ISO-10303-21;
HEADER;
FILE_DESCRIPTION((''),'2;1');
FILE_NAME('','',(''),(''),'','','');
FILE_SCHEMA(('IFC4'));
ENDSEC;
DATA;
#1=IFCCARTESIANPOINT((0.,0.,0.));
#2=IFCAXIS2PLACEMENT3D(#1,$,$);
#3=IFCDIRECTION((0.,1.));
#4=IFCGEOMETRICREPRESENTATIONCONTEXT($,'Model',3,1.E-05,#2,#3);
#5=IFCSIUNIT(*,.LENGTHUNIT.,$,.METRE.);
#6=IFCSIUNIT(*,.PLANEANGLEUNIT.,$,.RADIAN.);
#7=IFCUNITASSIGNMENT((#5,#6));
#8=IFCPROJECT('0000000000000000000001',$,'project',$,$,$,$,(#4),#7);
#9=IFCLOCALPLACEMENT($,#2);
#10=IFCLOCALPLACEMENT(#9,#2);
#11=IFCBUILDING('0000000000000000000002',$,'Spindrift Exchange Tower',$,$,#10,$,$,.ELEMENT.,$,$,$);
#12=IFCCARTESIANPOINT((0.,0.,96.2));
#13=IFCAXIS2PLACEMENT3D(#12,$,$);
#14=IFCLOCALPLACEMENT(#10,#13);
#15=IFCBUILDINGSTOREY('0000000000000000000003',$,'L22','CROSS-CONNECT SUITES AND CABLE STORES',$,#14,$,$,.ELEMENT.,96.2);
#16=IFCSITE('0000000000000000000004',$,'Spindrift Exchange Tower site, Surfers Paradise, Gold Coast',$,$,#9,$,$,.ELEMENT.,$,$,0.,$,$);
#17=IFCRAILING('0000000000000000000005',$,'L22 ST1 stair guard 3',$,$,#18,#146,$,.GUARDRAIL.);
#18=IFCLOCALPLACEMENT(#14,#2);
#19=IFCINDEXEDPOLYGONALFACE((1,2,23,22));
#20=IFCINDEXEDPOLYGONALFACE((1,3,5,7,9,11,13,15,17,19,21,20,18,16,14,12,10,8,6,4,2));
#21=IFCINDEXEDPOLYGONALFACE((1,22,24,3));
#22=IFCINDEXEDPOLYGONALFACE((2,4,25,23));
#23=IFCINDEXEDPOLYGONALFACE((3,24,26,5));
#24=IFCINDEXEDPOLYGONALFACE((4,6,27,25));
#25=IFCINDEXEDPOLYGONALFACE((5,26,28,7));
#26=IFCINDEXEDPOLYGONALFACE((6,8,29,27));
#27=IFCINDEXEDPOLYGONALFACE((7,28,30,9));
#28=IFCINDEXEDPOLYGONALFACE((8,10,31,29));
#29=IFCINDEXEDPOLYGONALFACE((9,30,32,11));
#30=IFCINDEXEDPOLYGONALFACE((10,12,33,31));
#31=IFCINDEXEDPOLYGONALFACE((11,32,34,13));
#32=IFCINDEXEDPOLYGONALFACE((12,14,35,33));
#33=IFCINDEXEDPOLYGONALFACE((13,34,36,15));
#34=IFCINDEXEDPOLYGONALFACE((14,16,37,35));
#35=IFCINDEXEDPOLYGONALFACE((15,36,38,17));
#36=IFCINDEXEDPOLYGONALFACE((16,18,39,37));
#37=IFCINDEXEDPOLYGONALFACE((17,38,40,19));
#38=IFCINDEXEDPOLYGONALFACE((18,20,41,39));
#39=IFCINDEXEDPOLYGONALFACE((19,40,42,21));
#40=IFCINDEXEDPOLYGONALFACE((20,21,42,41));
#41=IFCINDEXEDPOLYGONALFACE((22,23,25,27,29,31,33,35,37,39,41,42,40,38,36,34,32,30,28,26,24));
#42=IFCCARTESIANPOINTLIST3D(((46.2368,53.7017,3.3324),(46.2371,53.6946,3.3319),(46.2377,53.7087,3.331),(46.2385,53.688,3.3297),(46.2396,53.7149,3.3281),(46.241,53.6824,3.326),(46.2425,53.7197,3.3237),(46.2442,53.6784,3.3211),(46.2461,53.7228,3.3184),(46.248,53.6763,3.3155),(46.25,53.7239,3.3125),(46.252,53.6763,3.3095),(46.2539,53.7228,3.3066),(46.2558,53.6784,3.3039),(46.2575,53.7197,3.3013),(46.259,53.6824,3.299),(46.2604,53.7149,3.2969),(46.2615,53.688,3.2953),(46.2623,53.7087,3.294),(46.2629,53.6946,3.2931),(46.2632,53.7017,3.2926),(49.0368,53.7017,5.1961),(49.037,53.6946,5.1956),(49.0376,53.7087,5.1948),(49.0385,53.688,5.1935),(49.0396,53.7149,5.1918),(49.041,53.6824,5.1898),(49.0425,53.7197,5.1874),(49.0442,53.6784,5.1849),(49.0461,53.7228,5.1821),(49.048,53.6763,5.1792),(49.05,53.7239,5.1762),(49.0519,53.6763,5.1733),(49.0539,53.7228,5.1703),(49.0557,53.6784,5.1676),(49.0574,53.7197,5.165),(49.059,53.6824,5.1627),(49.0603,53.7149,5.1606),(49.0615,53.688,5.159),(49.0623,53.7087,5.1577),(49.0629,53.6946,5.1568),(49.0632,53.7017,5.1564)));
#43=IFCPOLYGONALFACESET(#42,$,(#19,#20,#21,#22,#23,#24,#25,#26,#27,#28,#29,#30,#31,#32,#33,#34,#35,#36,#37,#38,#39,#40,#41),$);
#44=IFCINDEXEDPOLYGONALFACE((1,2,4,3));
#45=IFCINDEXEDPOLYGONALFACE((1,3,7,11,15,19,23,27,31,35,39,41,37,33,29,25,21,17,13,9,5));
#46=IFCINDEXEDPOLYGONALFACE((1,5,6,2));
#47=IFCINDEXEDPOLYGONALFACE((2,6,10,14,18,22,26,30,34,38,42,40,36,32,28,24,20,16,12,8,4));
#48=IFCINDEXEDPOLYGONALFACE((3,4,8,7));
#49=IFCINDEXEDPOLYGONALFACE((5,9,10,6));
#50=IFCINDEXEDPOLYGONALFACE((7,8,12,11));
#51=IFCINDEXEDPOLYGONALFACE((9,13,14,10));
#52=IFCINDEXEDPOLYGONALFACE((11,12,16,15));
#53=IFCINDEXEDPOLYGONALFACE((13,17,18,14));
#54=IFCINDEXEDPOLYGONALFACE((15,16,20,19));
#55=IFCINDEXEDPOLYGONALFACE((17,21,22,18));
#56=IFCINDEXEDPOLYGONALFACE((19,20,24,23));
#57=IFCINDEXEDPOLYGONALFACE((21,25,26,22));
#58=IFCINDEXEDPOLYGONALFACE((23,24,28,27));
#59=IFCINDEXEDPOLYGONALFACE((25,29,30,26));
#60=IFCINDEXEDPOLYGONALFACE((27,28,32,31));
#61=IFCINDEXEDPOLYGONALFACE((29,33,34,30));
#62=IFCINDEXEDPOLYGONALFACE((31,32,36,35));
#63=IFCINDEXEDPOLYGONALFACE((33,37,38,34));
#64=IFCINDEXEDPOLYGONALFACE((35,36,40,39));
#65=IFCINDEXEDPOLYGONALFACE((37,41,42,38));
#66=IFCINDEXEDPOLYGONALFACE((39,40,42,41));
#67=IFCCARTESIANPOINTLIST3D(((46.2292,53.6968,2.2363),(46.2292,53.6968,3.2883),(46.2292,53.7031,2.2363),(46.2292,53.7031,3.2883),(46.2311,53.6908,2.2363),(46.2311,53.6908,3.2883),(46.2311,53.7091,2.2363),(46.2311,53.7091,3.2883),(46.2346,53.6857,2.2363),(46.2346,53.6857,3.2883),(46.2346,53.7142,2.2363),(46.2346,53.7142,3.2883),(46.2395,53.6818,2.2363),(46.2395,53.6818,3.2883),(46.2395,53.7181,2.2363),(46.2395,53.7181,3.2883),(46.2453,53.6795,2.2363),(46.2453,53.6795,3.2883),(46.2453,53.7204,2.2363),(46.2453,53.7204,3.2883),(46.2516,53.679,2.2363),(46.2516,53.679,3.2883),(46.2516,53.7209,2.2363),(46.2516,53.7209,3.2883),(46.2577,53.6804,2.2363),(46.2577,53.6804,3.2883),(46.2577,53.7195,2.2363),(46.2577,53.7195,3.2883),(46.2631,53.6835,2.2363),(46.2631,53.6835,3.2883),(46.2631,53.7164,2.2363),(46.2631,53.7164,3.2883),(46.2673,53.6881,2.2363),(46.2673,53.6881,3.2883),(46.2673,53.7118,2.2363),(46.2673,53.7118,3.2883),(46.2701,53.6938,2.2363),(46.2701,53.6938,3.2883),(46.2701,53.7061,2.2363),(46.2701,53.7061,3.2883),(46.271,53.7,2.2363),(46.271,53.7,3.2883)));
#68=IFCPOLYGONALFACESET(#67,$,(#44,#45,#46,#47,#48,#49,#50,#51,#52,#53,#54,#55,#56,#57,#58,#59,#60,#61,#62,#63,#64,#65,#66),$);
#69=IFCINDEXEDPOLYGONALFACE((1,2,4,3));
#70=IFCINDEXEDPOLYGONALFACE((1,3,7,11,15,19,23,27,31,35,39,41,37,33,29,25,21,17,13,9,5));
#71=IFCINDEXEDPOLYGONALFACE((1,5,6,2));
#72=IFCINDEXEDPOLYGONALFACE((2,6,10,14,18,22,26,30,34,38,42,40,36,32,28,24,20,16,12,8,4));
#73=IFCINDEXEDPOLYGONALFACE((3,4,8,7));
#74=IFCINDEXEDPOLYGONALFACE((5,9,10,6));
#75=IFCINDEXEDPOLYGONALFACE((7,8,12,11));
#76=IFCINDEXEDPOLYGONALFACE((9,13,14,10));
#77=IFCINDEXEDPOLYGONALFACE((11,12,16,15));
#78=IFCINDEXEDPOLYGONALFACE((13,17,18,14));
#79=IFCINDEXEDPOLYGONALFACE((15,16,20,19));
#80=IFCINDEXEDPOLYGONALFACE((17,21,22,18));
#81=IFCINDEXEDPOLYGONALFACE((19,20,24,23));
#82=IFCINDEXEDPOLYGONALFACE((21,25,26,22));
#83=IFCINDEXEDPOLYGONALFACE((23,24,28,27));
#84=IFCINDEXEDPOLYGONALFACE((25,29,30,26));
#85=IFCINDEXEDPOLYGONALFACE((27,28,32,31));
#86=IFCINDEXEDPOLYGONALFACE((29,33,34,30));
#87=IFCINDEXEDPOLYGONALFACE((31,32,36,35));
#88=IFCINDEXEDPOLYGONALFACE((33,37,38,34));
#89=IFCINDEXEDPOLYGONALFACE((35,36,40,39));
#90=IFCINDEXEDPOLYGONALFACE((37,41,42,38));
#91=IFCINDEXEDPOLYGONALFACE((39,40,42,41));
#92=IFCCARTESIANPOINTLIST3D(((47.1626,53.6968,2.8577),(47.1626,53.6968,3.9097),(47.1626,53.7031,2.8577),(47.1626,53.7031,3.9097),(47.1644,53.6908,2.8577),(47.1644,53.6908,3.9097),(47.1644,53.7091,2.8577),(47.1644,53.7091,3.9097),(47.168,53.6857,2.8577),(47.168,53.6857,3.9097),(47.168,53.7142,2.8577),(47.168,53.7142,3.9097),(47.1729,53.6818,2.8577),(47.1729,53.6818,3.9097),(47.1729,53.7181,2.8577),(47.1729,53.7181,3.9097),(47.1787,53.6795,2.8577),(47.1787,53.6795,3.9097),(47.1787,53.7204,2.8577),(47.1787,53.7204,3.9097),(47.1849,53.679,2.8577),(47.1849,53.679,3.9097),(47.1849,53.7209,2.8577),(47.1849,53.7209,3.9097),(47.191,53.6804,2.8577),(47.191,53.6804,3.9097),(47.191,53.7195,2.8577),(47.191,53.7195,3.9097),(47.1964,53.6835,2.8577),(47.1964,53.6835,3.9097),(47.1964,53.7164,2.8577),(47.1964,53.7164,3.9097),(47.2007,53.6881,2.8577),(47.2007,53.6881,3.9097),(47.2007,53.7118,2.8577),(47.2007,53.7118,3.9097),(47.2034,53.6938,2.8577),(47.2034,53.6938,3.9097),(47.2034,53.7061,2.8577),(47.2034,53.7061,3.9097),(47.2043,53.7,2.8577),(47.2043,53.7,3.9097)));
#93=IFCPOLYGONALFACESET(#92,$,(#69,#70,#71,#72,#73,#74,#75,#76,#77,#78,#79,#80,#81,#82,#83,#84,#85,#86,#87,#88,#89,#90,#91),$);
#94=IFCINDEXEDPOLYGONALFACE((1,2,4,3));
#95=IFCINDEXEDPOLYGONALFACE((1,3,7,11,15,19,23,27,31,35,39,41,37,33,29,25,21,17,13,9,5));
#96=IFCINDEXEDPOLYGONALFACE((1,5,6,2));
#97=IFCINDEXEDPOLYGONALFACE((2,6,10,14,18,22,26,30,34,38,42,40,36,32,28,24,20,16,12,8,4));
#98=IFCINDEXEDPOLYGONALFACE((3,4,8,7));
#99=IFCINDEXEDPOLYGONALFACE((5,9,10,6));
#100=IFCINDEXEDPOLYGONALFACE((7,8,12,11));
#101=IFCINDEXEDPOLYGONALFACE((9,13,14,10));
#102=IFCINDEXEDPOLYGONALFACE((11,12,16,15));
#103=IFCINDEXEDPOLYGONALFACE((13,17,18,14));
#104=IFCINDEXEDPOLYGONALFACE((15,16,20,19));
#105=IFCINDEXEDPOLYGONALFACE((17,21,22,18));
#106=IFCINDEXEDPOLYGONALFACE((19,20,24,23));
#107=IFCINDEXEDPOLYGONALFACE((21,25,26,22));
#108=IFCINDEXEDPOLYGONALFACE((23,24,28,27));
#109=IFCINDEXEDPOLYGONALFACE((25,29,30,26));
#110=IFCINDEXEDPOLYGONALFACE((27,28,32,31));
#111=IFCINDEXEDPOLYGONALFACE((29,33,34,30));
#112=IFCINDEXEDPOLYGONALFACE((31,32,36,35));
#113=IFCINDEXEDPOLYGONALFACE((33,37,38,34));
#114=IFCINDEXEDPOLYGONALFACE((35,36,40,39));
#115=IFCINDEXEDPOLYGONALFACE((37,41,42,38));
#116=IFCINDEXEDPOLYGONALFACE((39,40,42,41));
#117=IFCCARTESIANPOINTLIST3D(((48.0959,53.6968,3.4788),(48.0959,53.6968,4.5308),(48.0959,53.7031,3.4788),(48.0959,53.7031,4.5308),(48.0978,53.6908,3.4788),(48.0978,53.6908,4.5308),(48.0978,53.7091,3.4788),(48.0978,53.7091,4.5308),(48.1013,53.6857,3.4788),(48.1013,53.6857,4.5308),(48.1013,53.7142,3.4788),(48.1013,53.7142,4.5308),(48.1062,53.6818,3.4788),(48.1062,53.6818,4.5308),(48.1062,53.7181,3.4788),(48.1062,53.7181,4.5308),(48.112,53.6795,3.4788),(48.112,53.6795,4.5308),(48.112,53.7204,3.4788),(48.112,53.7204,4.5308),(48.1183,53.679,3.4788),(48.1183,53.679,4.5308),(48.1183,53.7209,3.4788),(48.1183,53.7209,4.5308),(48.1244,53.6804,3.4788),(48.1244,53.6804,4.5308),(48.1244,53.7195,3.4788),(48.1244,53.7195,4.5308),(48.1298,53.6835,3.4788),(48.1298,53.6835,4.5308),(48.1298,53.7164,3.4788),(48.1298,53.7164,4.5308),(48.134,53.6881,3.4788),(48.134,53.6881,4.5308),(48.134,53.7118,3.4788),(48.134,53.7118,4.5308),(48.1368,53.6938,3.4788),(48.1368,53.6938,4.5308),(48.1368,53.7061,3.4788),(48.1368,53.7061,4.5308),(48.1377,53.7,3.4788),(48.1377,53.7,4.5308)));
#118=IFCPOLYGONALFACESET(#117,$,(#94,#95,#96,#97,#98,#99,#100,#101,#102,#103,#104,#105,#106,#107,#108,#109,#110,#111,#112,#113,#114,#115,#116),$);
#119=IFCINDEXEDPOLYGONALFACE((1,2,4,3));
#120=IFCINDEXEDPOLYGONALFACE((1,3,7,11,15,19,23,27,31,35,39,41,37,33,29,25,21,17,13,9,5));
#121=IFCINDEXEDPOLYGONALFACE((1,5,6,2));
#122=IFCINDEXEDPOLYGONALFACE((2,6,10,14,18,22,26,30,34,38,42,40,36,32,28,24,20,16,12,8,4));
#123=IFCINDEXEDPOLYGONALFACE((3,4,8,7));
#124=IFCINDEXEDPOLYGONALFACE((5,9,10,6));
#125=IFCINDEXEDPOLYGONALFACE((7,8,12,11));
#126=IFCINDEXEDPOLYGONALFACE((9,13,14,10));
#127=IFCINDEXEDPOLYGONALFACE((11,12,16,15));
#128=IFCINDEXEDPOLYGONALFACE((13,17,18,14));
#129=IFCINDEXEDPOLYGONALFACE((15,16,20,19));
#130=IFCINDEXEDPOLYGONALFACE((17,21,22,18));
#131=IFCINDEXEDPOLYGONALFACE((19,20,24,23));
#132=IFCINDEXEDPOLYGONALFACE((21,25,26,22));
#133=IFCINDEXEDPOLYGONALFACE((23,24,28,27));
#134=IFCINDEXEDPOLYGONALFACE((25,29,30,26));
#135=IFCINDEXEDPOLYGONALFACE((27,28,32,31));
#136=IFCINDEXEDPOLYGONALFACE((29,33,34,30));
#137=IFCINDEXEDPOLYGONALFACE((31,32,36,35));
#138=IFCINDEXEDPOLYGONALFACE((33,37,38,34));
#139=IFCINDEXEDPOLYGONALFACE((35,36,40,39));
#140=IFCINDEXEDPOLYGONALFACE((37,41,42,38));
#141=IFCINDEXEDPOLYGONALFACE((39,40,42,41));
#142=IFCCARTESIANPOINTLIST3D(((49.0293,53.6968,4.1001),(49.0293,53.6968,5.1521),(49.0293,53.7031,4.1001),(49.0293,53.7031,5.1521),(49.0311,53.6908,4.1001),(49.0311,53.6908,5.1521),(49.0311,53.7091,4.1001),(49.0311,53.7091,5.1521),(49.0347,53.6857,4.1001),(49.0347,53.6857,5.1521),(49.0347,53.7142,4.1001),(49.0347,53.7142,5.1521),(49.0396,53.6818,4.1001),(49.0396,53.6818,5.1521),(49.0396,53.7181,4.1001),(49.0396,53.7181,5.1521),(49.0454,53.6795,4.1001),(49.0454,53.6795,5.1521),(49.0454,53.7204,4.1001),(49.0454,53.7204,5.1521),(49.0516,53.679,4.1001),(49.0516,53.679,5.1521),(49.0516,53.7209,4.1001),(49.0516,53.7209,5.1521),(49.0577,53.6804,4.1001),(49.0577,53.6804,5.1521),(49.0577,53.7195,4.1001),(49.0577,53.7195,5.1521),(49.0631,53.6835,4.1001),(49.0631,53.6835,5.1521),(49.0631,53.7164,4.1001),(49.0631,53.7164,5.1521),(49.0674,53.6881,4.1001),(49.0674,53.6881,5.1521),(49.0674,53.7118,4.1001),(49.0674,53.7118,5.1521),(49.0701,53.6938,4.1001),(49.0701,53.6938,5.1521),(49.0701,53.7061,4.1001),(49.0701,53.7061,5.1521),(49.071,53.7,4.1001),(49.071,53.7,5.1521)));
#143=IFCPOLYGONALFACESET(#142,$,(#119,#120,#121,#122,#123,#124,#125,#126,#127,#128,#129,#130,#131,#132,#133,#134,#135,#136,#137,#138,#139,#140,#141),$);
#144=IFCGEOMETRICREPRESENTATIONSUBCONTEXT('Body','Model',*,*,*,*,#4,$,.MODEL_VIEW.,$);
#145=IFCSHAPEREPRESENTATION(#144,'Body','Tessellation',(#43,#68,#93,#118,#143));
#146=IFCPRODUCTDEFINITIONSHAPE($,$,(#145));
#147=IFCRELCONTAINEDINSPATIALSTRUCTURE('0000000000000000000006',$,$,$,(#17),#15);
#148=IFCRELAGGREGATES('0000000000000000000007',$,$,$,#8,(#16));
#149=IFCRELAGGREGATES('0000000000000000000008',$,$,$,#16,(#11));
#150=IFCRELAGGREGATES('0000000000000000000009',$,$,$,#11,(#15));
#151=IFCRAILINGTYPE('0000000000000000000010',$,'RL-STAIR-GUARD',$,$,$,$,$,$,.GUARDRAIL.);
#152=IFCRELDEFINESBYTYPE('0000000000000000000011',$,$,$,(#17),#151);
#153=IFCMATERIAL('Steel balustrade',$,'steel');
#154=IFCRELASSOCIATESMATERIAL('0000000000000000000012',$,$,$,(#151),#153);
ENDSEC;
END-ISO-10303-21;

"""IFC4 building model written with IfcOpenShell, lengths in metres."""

from ifc_helpers import new_model, si_unit, direction, frame, origin, origin_2d, place, context, subcontext, project, spatial, circle, extrude, material, type_object, element, save


model = new_model("IFC4")

# Units and contexts
model_context = context("Model", 3, precision=1e-05, world=origin(), true_north=direction((0.0, 1.0)))
body_context = subcontext(model_context, "Body", "Model", "MODEL_VIEW")
ifc_project = project(units=[si_unit("LENGTHUNIT", "METRE"), si_unit("PLANEANGLEUNIT", "RADIAN")], contexts=[model_context])

# Site, building, storey
site_placement = place(None, origin())
site = spatial("IfcSite", under=ifc_project, at=site_placement, Name="Spindrift Exchange Tower site, Surfers Paradise, Gold Coast", CompositionType="ELEMENT", RefElevation=0.0)
building_placement = place(site_placement, origin())
building = spatial("IfcBuilding", under=site, at=building_placement, Name="Spindrift Exchange Tower", CompositionType="ELEMENT")
storey_placement = place(building_placement, frame((0.0, 0.0, 96.2)))
storey = spatial("IfcBuildingStorey", under=building, at=storey_placement, Name="L22", Description="CROSS-CONNECT SUITES AND CABLE STORES", CompositionType="ELEMENT", Elevation=96.2)

# Railing
ifc_material_1 = material(Name="Steel balustrade", Category="steel")
railing_type_1 = type_object("IfcRailingType", Name="RL-STAIR-GUARD", PredefinedType="GUARDRAIL", material=ifc_material_1)
railing_1_placement = place(storey_placement, frame((46.25, 53.7, 2.2363)))
element("IfcRailing", 1, at=railing_1_placement, inside=storey, type_object=railing_type_1, Name="L22 ST1 stair guard 3", PredefinedType="GUARDRAIL", context=body_context, shape_type="SweptSolid", body=[
    extrude(circle(Radius=0.0239, at=origin_2d()), frame((0.0, 0.0, 1.0762), z_axis=(0.832452, 0.0, 0.554097), x_axis=(0.0, 1.0, 0.0)), (0.0, 0.0, 1.0), 3.3635),
    extrude(circle(Radius=0.021, at=origin_2d()), origin(), (0.0, 0.0, 1.0), 1.052),
    extrude(circle(Radius=0.021, at=origin_2d()), frame((0.9333, 0.0, 0.6213)), (0.0, 0.0, 1.0), 1.052),
    extrude(circle(Radius=0.021, at=origin_2d()), frame((1.8667, 0.0, 1.2424)), (0.0, 0.0, 1.0), 1.052),
    extrude(circle(Radius=0.021, at=origin_2d()), frame((2.8, 0.0, 1.8638)), (0.0, 0.0, 1.0), 1.052),
])

save(model, "model.ifc")
